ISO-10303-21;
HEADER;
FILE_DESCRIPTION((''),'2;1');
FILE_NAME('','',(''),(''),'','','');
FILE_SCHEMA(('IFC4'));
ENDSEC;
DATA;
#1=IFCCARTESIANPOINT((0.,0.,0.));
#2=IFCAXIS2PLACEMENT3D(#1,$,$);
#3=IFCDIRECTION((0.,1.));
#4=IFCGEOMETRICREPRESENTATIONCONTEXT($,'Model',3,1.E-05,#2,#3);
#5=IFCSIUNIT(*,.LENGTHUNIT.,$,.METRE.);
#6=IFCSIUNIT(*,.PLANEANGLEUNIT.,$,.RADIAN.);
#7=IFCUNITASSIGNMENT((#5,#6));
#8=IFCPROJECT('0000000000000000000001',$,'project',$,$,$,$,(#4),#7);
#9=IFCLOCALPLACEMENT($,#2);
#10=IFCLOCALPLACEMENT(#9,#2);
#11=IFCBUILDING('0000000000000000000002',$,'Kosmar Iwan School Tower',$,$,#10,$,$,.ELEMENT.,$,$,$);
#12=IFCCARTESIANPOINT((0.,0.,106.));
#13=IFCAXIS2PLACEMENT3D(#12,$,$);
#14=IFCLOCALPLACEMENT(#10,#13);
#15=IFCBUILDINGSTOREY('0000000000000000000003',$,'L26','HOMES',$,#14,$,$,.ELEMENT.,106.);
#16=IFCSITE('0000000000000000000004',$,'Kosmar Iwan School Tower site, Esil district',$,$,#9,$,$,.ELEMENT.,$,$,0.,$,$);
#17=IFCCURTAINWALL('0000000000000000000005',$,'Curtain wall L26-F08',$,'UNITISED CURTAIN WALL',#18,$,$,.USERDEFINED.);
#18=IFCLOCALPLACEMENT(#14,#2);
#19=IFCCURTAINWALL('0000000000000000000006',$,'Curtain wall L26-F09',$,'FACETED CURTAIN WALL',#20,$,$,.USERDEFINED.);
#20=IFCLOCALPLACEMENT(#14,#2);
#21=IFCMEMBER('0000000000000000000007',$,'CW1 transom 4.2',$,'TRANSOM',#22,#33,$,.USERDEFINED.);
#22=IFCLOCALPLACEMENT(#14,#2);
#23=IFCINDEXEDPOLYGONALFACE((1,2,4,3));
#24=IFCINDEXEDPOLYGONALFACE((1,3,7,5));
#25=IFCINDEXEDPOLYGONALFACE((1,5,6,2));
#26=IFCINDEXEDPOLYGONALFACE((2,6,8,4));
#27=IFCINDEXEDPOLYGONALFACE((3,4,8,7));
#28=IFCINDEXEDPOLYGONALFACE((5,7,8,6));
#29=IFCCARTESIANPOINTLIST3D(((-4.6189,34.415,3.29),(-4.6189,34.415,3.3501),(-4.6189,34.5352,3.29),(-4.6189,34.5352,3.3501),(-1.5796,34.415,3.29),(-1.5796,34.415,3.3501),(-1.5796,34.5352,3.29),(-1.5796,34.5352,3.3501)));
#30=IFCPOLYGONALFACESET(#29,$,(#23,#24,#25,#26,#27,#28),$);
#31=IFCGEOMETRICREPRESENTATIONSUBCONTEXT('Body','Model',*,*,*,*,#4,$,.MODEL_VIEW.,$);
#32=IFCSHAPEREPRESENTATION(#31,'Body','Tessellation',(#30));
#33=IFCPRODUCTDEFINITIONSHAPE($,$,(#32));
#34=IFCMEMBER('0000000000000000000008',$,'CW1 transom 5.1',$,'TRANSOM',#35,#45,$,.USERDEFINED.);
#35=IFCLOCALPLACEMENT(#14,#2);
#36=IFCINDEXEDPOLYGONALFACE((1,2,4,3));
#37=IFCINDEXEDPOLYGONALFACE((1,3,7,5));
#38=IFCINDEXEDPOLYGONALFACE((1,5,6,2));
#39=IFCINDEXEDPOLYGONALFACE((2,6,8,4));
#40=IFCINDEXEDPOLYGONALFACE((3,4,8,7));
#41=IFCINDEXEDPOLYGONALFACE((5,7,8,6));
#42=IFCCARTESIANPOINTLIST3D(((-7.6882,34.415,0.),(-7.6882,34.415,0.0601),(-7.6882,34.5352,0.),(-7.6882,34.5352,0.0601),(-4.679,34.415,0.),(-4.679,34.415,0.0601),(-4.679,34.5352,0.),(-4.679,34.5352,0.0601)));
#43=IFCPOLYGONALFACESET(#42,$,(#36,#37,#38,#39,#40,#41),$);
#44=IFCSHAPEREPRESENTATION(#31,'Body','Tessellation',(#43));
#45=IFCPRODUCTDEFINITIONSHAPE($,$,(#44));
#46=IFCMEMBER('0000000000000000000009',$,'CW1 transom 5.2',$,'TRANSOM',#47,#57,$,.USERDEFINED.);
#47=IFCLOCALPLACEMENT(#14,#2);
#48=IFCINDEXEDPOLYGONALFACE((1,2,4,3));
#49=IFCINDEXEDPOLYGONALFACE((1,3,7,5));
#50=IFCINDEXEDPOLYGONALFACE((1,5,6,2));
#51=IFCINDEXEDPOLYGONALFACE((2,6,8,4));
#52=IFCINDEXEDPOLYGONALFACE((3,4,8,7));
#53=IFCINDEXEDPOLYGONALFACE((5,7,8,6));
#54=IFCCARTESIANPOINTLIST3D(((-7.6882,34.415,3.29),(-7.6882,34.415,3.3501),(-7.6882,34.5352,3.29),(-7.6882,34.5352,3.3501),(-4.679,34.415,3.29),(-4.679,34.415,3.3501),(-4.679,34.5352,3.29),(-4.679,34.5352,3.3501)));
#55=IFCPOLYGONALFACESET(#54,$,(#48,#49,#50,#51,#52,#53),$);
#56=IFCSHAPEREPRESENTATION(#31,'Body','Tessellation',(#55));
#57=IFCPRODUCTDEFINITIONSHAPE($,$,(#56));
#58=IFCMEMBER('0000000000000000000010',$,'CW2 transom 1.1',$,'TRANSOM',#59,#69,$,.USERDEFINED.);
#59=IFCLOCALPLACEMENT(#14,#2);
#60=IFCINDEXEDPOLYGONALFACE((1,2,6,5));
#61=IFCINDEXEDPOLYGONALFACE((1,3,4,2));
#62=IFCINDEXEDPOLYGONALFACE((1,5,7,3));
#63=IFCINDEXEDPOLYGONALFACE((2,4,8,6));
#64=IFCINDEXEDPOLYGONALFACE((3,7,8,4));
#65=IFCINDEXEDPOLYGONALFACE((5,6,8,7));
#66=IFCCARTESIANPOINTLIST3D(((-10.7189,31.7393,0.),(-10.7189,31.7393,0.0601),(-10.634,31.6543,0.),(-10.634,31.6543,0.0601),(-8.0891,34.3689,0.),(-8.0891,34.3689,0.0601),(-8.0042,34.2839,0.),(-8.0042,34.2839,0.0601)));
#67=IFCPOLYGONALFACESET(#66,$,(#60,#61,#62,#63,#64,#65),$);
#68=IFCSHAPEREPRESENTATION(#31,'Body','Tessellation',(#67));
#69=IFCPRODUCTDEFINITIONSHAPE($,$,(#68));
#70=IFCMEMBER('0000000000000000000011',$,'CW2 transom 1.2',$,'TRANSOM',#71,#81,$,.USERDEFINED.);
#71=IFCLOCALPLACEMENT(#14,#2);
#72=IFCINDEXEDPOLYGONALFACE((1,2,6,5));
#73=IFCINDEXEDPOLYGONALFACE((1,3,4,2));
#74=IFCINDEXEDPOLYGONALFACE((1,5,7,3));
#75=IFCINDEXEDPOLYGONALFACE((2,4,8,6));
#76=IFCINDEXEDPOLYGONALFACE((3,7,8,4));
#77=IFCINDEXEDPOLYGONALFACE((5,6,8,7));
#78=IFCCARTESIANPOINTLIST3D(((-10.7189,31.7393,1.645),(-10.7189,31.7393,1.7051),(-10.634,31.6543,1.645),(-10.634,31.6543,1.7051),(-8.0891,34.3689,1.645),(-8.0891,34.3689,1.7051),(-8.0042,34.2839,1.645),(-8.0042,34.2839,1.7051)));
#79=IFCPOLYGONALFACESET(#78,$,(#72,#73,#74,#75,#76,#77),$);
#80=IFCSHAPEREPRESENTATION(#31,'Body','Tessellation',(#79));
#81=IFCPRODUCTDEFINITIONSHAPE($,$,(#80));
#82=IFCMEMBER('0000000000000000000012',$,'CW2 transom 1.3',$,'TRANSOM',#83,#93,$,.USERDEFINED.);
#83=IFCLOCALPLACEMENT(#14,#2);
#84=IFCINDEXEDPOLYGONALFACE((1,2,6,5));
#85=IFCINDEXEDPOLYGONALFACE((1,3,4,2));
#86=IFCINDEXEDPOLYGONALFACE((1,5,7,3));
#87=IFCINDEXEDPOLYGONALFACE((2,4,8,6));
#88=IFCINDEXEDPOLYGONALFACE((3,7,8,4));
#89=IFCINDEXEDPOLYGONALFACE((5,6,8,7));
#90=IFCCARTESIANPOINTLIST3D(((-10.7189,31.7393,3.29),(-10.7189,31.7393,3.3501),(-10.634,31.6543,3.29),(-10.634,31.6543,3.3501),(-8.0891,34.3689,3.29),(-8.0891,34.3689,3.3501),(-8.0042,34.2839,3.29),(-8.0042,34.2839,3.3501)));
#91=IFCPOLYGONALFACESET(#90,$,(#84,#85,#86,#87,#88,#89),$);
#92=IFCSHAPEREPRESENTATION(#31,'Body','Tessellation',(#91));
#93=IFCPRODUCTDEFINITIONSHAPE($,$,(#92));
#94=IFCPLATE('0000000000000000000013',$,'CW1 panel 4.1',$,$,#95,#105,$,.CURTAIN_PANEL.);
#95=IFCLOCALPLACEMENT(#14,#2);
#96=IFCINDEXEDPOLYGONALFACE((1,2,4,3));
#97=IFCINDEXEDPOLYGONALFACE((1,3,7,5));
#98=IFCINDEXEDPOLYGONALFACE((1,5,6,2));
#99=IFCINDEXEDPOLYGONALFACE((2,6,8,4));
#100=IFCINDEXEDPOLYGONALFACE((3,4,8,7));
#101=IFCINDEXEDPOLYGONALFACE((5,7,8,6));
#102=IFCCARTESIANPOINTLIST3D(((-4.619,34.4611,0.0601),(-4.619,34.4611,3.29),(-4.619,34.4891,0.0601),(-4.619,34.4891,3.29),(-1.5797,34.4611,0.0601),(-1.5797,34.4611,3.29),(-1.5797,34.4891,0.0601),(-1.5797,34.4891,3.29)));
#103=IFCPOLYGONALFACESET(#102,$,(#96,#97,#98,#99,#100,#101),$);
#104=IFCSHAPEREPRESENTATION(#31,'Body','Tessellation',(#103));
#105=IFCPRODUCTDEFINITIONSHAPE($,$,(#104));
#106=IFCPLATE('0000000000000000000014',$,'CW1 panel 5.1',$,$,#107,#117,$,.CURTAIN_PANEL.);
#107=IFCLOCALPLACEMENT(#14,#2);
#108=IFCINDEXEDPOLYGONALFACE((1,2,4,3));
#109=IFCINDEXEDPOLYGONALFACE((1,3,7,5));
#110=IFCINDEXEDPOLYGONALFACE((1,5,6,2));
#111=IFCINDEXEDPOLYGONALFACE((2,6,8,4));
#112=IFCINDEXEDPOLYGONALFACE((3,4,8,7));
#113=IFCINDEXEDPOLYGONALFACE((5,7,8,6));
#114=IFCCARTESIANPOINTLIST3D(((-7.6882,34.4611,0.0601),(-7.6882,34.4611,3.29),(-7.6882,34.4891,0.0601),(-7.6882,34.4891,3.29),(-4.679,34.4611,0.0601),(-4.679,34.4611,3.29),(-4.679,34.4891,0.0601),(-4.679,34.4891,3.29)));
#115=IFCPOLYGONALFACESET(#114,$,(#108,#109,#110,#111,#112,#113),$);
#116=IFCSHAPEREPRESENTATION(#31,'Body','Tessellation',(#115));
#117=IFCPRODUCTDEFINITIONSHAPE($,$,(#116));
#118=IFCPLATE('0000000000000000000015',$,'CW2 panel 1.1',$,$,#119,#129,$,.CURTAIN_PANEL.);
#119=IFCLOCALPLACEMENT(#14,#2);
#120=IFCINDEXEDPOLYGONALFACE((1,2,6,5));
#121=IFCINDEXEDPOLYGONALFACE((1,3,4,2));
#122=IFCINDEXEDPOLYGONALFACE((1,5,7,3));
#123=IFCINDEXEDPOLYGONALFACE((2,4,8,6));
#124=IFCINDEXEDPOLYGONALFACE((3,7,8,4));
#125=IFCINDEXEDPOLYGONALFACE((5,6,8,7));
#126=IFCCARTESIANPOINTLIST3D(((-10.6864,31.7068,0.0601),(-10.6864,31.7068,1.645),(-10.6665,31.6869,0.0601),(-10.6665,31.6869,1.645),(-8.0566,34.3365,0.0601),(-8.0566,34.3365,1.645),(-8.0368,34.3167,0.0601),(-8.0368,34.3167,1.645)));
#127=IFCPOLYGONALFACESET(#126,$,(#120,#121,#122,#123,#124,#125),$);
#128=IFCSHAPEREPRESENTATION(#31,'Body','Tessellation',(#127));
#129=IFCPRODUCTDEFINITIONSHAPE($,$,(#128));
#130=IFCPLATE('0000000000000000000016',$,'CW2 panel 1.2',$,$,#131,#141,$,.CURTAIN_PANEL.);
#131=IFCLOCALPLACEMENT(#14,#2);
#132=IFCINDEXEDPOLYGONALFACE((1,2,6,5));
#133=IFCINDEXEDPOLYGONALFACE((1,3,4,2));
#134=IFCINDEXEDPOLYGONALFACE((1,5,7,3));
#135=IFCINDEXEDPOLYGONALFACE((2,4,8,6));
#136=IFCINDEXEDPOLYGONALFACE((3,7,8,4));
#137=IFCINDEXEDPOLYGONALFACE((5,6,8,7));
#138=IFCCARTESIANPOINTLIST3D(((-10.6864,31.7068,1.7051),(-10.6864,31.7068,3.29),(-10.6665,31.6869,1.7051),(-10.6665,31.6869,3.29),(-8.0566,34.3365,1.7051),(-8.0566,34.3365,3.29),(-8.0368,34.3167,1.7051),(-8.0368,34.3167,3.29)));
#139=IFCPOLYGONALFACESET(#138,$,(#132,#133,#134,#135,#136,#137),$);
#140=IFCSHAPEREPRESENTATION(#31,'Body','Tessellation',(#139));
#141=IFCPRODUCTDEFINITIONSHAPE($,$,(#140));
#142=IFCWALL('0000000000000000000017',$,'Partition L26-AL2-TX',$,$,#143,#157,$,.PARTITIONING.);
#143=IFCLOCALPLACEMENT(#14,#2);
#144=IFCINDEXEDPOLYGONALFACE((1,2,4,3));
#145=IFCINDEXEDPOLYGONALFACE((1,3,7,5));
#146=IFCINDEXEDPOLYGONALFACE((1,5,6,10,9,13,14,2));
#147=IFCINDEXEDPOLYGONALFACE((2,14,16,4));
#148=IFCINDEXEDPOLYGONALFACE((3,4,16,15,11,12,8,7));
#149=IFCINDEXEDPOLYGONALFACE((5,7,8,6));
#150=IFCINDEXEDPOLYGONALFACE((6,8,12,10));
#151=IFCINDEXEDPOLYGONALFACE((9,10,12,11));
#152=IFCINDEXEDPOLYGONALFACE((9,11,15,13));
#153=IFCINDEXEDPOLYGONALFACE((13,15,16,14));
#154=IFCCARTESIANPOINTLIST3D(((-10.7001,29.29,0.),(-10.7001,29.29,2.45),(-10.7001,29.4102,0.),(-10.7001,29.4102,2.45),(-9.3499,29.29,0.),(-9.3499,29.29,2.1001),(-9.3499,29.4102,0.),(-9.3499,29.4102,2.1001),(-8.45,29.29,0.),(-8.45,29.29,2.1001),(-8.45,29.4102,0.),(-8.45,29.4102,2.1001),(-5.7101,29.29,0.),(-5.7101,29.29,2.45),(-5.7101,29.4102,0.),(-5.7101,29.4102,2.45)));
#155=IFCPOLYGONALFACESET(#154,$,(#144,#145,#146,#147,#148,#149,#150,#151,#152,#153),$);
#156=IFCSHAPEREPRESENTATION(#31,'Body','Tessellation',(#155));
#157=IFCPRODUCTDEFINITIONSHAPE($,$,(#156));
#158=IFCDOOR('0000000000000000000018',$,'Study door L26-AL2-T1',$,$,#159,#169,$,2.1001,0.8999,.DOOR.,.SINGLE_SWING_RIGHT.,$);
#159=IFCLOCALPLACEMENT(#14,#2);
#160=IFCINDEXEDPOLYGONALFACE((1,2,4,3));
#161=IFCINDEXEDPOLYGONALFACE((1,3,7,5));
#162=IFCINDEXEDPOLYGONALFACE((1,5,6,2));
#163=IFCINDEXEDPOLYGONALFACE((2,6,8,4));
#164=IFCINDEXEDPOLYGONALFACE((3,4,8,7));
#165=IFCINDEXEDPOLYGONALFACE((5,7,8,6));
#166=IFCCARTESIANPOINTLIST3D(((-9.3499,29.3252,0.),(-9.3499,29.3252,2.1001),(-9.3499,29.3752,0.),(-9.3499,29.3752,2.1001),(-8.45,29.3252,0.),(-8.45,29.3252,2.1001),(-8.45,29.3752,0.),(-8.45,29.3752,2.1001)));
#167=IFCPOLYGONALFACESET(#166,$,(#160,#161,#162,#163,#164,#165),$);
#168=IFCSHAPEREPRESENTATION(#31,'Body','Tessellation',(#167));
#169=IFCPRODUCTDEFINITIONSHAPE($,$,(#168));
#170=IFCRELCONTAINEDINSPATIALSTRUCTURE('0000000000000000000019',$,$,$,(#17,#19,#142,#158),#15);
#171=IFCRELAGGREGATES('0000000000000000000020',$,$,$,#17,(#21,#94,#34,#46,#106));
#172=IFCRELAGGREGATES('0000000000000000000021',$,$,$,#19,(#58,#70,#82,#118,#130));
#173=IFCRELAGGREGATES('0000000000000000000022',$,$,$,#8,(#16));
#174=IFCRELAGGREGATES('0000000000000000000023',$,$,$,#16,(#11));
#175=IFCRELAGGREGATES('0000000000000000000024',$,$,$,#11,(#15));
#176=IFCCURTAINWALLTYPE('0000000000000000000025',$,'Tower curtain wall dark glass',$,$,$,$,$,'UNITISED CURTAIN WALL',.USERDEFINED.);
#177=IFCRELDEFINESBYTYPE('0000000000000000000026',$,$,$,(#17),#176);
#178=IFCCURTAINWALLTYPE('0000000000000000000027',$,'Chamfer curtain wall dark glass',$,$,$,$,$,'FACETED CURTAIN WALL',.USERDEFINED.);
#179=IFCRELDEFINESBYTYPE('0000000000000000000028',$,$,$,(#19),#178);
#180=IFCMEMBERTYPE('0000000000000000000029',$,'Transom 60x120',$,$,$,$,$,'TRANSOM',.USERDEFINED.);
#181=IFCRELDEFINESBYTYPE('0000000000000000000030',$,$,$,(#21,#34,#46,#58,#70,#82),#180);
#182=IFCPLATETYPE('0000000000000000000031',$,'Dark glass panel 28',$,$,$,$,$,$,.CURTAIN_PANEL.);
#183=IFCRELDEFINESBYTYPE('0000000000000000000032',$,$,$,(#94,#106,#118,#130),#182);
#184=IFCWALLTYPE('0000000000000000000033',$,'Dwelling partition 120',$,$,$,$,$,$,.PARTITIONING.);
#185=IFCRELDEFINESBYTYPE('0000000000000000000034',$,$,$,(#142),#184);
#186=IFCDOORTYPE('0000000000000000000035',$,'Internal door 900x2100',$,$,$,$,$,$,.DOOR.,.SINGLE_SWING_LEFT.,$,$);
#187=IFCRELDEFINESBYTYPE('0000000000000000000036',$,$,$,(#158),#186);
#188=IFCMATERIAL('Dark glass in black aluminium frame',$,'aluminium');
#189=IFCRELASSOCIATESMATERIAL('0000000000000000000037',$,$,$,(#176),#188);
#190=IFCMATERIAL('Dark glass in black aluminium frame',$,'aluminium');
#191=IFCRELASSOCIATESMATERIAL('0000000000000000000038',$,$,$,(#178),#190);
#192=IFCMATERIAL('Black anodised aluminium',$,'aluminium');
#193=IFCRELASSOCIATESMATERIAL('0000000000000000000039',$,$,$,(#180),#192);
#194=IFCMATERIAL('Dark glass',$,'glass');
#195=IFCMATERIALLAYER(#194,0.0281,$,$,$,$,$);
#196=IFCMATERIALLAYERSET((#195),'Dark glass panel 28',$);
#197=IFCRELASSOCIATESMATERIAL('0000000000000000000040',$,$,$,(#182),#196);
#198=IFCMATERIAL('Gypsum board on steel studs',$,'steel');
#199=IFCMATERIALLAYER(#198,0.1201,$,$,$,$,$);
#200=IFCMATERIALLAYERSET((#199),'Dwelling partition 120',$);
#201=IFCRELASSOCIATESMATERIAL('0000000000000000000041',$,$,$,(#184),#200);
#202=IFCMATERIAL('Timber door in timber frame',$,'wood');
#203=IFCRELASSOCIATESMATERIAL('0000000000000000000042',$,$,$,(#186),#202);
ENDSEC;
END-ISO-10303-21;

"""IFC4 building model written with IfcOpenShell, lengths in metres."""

from ifc_helpers import new_model, si_unit, direction, frame, frame_2d, origin, origin_2d, place, context, subcontext, project, spatial, rectangle, extrude, material, layer, layer_set, material_profile, profile_set, type_object, element, fill, aggregate, save


model = new_model("IFC4")

# Units and contexts
model_context = context("Model", 3, precision=1e-05, world=origin(), true_north=direction((0.0, 1.0)))
body_context = subcontext(model_context, "Body", "Model", "MODEL_VIEW")
ifc_project = project(units=[si_unit("LENGTHUNIT", "METRE"), si_unit("PLANEANGLEUNIT", "RADIAN")], contexts=[model_context])

# Site, building, storey
site_placement = place(None, origin())
site = spatial("IfcSite", under=ifc_project, at=site_placement, Name="Kosmar Iwan School Tower site, Esil district", CompositionType="ELEMENT", RefElevation=0.0)
building_placement = place(site_placement, origin())
building = spatial("IfcBuilding", under=site, at=building_placement, Name="Kosmar Iwan School Tower", CompositionType="ELEMENT")
storey_placement = place(building_placement, frame((0.0, 0.0, 106.0)))
storey = spatial("IfcBuildingStorey", under=building, at=storey_placement, Name="L26", Description="HOMES", CompositionType="ELEMENT", Elevation=106.0)

# Curtain walls
ifc_material_1 = material(Name="Dark glass in black aluminium frame", Category="aluminium")
curtain_wall_type_1 = type_object("IfcCurtainWallType", Name="Tower curtain wall dark glass", ElementType="UNITISED CURTAIN WALL", PredefinedType="USERDEFINED", material=ifc_material_1)
curtain_wall_1_placement = place(storey_placement, origin())
curtain_wall_1 = element("IfcCurtainWall", 1, at=curtain_wall_1_placement, inside=storey, type_object=curtain_wall_type_1, Name="Curtain wall L26-F08", ObjectType="UNITISED CURTAIN WALL", PredefinedType="USERDEFINED")
ifc_material_2 = material(Name="Dark glass in black aluminium frame", Category="aluminium")
curtain_wall_type_2 = type_object("IfcCurtainWallType", Name="Chamfer curtain wall dark glass", ElementType="FACETED CURTAIN WALL", PredefinedType="USERDEFINED", material=ifc_material_2)
curtain_wall_2_placement = place(storey_placement, origin())
curtain_wall_2 = element("IfcCurtainWall", 2, at=curtain_wall_2_placement, inside=storey, type_object=curtain_wall_type_2, Name="Curtain wall L26-F09", ObjectType="FACETED CURTAIN WALL", PredefinedType="USERDEFINED")

# Members
ifc_material_3 = material(Name="Black anodised aluminium", Category="aluminium")
ifc_material_profile_1 = material_profile(ifc_material_3, rectangle(XDim=0.1201, YDim=0.0601, at=origin_2d()), Name="TRANSOM 60x120")
ifc_profile_set_1 = profile_set([ifc_material_profile_1], Name="Black anodised aluminium")
member_type_1 = type_object("IfcMemberType", Name="Transom 60x120", ElementType="TRANSOM", PredefinedType="USERDEFINED", material=ifc_profile_set_1)
member_1_placement = place(storey_placement, frame((-1.5796, 34.4751, 3.3201), z_axis=(-1.0, 0.0, 0.0), x_axis=(0.0, -1.0, 0.0)))
member_1 = element("IfcMember", 3, at=member_1_placement, type_object=member_type_1, Name="CW1 transom 4.2", ObjectType="TRANSOM", PredefinedType="USERDEFINED", context=body_context, shape_type="SweptSolid", body=[
    extrude(rectangle(XDim=0.1201, YDim=0.0601, at=origin_2d()), origin(), (0.0, 0.0, 1.0), 3.0393),
])
member_2_placement = place(storey_placement, frame((-4.679, 34.4751, 0.03), z_axis=(-1.0, 0.0, 0.0), x_axis=(0.0, -1.0, 0.0)))
member_2 = element("IfcMember", 4, at=member_2_placement, type_object=member_type_1, Name="CW1 transom 5.1", ObjectType="TRANSOM", PredefinedType="USERDEFINED", context=body_context, shape_type="SweptSolid", body=[
    extrude(rectangle(XDim=0.1201, YDim=0.0601, at=origin_2d()), origin(), (0.0, 0.0, 1.0), 3.0093),
])
member_3_placement = place(storey_placement, frame((-4.679, 34.4751, 3.3201), z_axis=(-1.0, 0.0, 0.0), x_axis=(0.0, -1.0, 0.0)))
member_3 = element("IfcMember", 5, at=member_3_placement, type_object=member_type_1, Name="CW1 transom 5.2", ObjectType="TRANSOM", PredefinedType="USERDEFINED", context=body_context, shape_type="SweptSolid", body=[
    extrude(rectangle(XDim=0.1201, YDim=0.0601, at=origin_2d()), origin(), (0.0, 0.0, 1.0), 3.0093),
])
member_4_placement = place(storey_placement, frame((-8.0466, 34.3264, 0.03), z_axis=(-0.70714, -0.707074, 0.0), x_axis=(0.707074, -0.70714, 0.0)))
member_4 = element("IfcMember", 6, at=member_4_placement, type_object=member_type_1, Name="CW2 transom 1.1", ObjectType="TRANSOM", PredefinedType="USERDEFINED", context=body_context, shape_type="SweptSolid", body=[
    extrude(rectangle(XDim=0.1201, YDim=0.0601, at=origin_2d()), origin(), (0.0, 0.0, 1.0), 3.719),
])
member_5_placement = place(storey_placement, frame((-8.0466, 34.3264, 1.675), z_axis=(-0.70714, -0.707074, 0.0), x_axis=(0.707074, -0.70714, 0.0)))
member_5 = element("IfcMember", 7, at=member_5_placement, type_object=member_type_1, Name="CW2 transom 1.2", ObjectType="TRANSOM", PredefinedType="USERDEFINED", context=body_context, shape_type="SweptSolid", body=[
    extrude(rectangle(XDim=0.1201, YDim=0.0601, at=origin_2d()), origin(), (0.0, 0.0, 1.0), 3.719),
])
member_6_placement = place(storey_placement, frame((-8.0466, 34.3264, 3.3201), z_axis=(-0.70714, -0.707074, 0.0), x_axis=(0.707074, -0.70714, 0.0)))
member_6 = element("IfcMember", 8, at=member_6_placement, type_object=member_type_1, Name="CW2 transom 1.3", ObjectType="TRANSOM", PredefinedType="USERDEFINED", context=body_context, shape_type="SweptSolid", body=[
    extrude(rectangle(XDim=0.1201, YDim=0.0601, at=origin_2d()), origin(), (0.0, 0.0, 1.0), 3.719),
])

# Plates
ifc_material_4 = material(Name="Dark glass", Category="glass")
ifc_layer_1 = layer(ifc_material_4, 0.0281)
ifc_layer_set_1 = layer_set([ifc_layer_1], Name="Dark glass panel 28")
plate_type = type_object("IfcPlateType", Name="Dark glass panel 28", PredefinedType="CURTAIN_PANEL", material=ifc_layer_set_1)
plate_1_placement = place(storey_placement, frame((-3.0994, 34.4751, 0.0601), z_axis=(0.0, 0.0, 1.0), x_axis=(-1.0, 0.0, 0.0)))
plate_1 = element("IfcPlate", 9, at=plate_1_placement, type_object=plate_type, Name="CW1 panel 4.1", PredefinedType="CURTAIN_PANEL", context=body_context, shape_type="SweptSolid", body=[
    extrude(rectangle(XDim=3.0393, YDim=0.0281, at=origin_2d()), origin(), (0.0, 0.0, 1.0), 3.23),
])
plate_2_placement = place(storey_placement, frame((-6.1836, 34.4751, 0.0601), z_axis=(0.0, 0.0, 1.0), x_axis=(-1.0, 0.0, 0.0)))
plate_2 = element("IfcPlate", 10, at=plate_2_placement, type_object=plate_type, Name="CW1 panel 5.1", PredefinedType="CURTAIN_PANEL", context=body_context, shape_type="SweptSolid", body=[
    extrude(rectangle(XDim=3.0093, YDim=0.0281, at=origin_2d()), origin(), (0.0, 0.0, 1.0), 3.23),
])
aggregate(curtain_wall_1, [member_1, plate_1, member_2, member_3, plate_2])
plate_3_placement = place(storey_placement, frame((-9.3616, 33.0117, 0.0601), z_axis=(0.0, 0.0, 1.0), x_axis=(-0.707107, -0.707107, 0.0)))
plate_3 = element("IfcPlate", 11, at=plate_3_placement, type_object=plate_type, Name="CW2 panel 1.1", PredefinedType="CURTAIN_PANEL", context=body_context, shape_type="SweptSolid", body=[
    extrude(rectangle(XDim=3.719, YDim=0.0281, at=origin_2d()), origin(), (0.0, 0.0, 1.0), 1.585),
])
plate_4_placement = place(storey_placement, frame((-9.3616, 33.0117, 1.7051), z_axis=(0.0, 0.0, 1.0), x_axis=(-0.707107, -0.707107, 0.0)))
plate_4 = element("IfcPlate", 12, at=plate_4_placement, type_object=plate_type, Name="CW2 panel 1.2", PredefinedType="CURTAIN_PANEL", context=body_context, shape_type="SweptSolid", body=[
    extrude(rectangle(XDim=3.719, YDim=0.0281, at=origin_2d()), origin(), (0.0, 0.0, 1.0), 1.585),
])
aggregate(curtain_wall_2, [member_4, member_5, member_6, plate_3, plate_4])

# Wall, opening, door
ifc_material_5 = material(Name="Gypsum board on steel studs", Category="steel")
ifc_layer_2 = layer(ifc_material_5, 0.1201)
ifc_layer_set_2 = layer_set([ifc_layer_2], Name="Dwelling partition 120")
wall_type_1 = type_object("IfcWallType", Name="Dwelling partition 120", PredefinedType="PARTITIONING", material=ifc_layer_set_2)
wall_1_placement = place(storey_placement, frame((-5.71, 29.3501, 0.0), z_axis=(0.0, 0.0, 1.0), x_axis=(-1.0, 0.0, 0.0)))
wall_1 = element("IfcWall", 13, at=wall_1_placement, inside=storey, type_object=wall_type_1, Name="Partition L26-AL2-TX", PredefinedType="PARTITIONING", context=body_context, shape_type="SweptSolid", body=[
    extrude(rectangle(XDim=4.99, YDim=0.1201, at=frame_2d((2.4951, 0.0))), origin(), (0.0, 0.0, 1.0), 2.45),
])
opening_1_placement = place(wall_1_placement, frame((2.74, 0.0, 0.0)))
opening_1 = element("IfcOpeningElement", 14, at=opening_1_placement, cuts=wall_1, PredefinedType="OPENING", context=body_context, shape_type="SweptSolid", body=[
    extrude(rectangle(XDim=0.8999, YDim=2.1001, at=frame_2d((0.45, 1.05))), frame((0.0, 0.072, 0.0), z_axis=(0.0, -1.0, 0.0), x_axis=(1.0, 0.0, 0.0)), (0.0, 0.0, 1.0), 0.144),
])
ifc_material_6 = material(Name="Timber door in timber frame", Category="wood")
door_type_1 = type_object("IfcDoorType", Name="Internal door 900x2100", OperationType="SINGLE_SWING_LEFT", PredefinedType="DOOR", material=ifc_material_6)
door_1_placement = place(opening_1_placement, origin())
door_1 = element("IfcDoor", 15, at=door_1_placement, inside=storey, type_object=door_type_1, Name="Study door L26-AL2-T1", OperationType="SINGLE_SWING_RIGHT", OverallHeight=2.1001, OverallWidth=0.8999, PredefinedType="DOOR", context=body_context, shape_type="SweptSolid", body=[
    extrude(rectangle(XDim=0.8999, YDim=2.1001, at=frame_2d((0.45, 1.05))), frame((0.0, 0.0249, 0.0), z_axis=(0.0, -1.0, 0.0), x_axis=(1.0, 0.0, 0.0)), (0.0, 0.0, 1.0), 0.05),
])
fill(opening_1, door_1)

save(model, "model.ifc")
